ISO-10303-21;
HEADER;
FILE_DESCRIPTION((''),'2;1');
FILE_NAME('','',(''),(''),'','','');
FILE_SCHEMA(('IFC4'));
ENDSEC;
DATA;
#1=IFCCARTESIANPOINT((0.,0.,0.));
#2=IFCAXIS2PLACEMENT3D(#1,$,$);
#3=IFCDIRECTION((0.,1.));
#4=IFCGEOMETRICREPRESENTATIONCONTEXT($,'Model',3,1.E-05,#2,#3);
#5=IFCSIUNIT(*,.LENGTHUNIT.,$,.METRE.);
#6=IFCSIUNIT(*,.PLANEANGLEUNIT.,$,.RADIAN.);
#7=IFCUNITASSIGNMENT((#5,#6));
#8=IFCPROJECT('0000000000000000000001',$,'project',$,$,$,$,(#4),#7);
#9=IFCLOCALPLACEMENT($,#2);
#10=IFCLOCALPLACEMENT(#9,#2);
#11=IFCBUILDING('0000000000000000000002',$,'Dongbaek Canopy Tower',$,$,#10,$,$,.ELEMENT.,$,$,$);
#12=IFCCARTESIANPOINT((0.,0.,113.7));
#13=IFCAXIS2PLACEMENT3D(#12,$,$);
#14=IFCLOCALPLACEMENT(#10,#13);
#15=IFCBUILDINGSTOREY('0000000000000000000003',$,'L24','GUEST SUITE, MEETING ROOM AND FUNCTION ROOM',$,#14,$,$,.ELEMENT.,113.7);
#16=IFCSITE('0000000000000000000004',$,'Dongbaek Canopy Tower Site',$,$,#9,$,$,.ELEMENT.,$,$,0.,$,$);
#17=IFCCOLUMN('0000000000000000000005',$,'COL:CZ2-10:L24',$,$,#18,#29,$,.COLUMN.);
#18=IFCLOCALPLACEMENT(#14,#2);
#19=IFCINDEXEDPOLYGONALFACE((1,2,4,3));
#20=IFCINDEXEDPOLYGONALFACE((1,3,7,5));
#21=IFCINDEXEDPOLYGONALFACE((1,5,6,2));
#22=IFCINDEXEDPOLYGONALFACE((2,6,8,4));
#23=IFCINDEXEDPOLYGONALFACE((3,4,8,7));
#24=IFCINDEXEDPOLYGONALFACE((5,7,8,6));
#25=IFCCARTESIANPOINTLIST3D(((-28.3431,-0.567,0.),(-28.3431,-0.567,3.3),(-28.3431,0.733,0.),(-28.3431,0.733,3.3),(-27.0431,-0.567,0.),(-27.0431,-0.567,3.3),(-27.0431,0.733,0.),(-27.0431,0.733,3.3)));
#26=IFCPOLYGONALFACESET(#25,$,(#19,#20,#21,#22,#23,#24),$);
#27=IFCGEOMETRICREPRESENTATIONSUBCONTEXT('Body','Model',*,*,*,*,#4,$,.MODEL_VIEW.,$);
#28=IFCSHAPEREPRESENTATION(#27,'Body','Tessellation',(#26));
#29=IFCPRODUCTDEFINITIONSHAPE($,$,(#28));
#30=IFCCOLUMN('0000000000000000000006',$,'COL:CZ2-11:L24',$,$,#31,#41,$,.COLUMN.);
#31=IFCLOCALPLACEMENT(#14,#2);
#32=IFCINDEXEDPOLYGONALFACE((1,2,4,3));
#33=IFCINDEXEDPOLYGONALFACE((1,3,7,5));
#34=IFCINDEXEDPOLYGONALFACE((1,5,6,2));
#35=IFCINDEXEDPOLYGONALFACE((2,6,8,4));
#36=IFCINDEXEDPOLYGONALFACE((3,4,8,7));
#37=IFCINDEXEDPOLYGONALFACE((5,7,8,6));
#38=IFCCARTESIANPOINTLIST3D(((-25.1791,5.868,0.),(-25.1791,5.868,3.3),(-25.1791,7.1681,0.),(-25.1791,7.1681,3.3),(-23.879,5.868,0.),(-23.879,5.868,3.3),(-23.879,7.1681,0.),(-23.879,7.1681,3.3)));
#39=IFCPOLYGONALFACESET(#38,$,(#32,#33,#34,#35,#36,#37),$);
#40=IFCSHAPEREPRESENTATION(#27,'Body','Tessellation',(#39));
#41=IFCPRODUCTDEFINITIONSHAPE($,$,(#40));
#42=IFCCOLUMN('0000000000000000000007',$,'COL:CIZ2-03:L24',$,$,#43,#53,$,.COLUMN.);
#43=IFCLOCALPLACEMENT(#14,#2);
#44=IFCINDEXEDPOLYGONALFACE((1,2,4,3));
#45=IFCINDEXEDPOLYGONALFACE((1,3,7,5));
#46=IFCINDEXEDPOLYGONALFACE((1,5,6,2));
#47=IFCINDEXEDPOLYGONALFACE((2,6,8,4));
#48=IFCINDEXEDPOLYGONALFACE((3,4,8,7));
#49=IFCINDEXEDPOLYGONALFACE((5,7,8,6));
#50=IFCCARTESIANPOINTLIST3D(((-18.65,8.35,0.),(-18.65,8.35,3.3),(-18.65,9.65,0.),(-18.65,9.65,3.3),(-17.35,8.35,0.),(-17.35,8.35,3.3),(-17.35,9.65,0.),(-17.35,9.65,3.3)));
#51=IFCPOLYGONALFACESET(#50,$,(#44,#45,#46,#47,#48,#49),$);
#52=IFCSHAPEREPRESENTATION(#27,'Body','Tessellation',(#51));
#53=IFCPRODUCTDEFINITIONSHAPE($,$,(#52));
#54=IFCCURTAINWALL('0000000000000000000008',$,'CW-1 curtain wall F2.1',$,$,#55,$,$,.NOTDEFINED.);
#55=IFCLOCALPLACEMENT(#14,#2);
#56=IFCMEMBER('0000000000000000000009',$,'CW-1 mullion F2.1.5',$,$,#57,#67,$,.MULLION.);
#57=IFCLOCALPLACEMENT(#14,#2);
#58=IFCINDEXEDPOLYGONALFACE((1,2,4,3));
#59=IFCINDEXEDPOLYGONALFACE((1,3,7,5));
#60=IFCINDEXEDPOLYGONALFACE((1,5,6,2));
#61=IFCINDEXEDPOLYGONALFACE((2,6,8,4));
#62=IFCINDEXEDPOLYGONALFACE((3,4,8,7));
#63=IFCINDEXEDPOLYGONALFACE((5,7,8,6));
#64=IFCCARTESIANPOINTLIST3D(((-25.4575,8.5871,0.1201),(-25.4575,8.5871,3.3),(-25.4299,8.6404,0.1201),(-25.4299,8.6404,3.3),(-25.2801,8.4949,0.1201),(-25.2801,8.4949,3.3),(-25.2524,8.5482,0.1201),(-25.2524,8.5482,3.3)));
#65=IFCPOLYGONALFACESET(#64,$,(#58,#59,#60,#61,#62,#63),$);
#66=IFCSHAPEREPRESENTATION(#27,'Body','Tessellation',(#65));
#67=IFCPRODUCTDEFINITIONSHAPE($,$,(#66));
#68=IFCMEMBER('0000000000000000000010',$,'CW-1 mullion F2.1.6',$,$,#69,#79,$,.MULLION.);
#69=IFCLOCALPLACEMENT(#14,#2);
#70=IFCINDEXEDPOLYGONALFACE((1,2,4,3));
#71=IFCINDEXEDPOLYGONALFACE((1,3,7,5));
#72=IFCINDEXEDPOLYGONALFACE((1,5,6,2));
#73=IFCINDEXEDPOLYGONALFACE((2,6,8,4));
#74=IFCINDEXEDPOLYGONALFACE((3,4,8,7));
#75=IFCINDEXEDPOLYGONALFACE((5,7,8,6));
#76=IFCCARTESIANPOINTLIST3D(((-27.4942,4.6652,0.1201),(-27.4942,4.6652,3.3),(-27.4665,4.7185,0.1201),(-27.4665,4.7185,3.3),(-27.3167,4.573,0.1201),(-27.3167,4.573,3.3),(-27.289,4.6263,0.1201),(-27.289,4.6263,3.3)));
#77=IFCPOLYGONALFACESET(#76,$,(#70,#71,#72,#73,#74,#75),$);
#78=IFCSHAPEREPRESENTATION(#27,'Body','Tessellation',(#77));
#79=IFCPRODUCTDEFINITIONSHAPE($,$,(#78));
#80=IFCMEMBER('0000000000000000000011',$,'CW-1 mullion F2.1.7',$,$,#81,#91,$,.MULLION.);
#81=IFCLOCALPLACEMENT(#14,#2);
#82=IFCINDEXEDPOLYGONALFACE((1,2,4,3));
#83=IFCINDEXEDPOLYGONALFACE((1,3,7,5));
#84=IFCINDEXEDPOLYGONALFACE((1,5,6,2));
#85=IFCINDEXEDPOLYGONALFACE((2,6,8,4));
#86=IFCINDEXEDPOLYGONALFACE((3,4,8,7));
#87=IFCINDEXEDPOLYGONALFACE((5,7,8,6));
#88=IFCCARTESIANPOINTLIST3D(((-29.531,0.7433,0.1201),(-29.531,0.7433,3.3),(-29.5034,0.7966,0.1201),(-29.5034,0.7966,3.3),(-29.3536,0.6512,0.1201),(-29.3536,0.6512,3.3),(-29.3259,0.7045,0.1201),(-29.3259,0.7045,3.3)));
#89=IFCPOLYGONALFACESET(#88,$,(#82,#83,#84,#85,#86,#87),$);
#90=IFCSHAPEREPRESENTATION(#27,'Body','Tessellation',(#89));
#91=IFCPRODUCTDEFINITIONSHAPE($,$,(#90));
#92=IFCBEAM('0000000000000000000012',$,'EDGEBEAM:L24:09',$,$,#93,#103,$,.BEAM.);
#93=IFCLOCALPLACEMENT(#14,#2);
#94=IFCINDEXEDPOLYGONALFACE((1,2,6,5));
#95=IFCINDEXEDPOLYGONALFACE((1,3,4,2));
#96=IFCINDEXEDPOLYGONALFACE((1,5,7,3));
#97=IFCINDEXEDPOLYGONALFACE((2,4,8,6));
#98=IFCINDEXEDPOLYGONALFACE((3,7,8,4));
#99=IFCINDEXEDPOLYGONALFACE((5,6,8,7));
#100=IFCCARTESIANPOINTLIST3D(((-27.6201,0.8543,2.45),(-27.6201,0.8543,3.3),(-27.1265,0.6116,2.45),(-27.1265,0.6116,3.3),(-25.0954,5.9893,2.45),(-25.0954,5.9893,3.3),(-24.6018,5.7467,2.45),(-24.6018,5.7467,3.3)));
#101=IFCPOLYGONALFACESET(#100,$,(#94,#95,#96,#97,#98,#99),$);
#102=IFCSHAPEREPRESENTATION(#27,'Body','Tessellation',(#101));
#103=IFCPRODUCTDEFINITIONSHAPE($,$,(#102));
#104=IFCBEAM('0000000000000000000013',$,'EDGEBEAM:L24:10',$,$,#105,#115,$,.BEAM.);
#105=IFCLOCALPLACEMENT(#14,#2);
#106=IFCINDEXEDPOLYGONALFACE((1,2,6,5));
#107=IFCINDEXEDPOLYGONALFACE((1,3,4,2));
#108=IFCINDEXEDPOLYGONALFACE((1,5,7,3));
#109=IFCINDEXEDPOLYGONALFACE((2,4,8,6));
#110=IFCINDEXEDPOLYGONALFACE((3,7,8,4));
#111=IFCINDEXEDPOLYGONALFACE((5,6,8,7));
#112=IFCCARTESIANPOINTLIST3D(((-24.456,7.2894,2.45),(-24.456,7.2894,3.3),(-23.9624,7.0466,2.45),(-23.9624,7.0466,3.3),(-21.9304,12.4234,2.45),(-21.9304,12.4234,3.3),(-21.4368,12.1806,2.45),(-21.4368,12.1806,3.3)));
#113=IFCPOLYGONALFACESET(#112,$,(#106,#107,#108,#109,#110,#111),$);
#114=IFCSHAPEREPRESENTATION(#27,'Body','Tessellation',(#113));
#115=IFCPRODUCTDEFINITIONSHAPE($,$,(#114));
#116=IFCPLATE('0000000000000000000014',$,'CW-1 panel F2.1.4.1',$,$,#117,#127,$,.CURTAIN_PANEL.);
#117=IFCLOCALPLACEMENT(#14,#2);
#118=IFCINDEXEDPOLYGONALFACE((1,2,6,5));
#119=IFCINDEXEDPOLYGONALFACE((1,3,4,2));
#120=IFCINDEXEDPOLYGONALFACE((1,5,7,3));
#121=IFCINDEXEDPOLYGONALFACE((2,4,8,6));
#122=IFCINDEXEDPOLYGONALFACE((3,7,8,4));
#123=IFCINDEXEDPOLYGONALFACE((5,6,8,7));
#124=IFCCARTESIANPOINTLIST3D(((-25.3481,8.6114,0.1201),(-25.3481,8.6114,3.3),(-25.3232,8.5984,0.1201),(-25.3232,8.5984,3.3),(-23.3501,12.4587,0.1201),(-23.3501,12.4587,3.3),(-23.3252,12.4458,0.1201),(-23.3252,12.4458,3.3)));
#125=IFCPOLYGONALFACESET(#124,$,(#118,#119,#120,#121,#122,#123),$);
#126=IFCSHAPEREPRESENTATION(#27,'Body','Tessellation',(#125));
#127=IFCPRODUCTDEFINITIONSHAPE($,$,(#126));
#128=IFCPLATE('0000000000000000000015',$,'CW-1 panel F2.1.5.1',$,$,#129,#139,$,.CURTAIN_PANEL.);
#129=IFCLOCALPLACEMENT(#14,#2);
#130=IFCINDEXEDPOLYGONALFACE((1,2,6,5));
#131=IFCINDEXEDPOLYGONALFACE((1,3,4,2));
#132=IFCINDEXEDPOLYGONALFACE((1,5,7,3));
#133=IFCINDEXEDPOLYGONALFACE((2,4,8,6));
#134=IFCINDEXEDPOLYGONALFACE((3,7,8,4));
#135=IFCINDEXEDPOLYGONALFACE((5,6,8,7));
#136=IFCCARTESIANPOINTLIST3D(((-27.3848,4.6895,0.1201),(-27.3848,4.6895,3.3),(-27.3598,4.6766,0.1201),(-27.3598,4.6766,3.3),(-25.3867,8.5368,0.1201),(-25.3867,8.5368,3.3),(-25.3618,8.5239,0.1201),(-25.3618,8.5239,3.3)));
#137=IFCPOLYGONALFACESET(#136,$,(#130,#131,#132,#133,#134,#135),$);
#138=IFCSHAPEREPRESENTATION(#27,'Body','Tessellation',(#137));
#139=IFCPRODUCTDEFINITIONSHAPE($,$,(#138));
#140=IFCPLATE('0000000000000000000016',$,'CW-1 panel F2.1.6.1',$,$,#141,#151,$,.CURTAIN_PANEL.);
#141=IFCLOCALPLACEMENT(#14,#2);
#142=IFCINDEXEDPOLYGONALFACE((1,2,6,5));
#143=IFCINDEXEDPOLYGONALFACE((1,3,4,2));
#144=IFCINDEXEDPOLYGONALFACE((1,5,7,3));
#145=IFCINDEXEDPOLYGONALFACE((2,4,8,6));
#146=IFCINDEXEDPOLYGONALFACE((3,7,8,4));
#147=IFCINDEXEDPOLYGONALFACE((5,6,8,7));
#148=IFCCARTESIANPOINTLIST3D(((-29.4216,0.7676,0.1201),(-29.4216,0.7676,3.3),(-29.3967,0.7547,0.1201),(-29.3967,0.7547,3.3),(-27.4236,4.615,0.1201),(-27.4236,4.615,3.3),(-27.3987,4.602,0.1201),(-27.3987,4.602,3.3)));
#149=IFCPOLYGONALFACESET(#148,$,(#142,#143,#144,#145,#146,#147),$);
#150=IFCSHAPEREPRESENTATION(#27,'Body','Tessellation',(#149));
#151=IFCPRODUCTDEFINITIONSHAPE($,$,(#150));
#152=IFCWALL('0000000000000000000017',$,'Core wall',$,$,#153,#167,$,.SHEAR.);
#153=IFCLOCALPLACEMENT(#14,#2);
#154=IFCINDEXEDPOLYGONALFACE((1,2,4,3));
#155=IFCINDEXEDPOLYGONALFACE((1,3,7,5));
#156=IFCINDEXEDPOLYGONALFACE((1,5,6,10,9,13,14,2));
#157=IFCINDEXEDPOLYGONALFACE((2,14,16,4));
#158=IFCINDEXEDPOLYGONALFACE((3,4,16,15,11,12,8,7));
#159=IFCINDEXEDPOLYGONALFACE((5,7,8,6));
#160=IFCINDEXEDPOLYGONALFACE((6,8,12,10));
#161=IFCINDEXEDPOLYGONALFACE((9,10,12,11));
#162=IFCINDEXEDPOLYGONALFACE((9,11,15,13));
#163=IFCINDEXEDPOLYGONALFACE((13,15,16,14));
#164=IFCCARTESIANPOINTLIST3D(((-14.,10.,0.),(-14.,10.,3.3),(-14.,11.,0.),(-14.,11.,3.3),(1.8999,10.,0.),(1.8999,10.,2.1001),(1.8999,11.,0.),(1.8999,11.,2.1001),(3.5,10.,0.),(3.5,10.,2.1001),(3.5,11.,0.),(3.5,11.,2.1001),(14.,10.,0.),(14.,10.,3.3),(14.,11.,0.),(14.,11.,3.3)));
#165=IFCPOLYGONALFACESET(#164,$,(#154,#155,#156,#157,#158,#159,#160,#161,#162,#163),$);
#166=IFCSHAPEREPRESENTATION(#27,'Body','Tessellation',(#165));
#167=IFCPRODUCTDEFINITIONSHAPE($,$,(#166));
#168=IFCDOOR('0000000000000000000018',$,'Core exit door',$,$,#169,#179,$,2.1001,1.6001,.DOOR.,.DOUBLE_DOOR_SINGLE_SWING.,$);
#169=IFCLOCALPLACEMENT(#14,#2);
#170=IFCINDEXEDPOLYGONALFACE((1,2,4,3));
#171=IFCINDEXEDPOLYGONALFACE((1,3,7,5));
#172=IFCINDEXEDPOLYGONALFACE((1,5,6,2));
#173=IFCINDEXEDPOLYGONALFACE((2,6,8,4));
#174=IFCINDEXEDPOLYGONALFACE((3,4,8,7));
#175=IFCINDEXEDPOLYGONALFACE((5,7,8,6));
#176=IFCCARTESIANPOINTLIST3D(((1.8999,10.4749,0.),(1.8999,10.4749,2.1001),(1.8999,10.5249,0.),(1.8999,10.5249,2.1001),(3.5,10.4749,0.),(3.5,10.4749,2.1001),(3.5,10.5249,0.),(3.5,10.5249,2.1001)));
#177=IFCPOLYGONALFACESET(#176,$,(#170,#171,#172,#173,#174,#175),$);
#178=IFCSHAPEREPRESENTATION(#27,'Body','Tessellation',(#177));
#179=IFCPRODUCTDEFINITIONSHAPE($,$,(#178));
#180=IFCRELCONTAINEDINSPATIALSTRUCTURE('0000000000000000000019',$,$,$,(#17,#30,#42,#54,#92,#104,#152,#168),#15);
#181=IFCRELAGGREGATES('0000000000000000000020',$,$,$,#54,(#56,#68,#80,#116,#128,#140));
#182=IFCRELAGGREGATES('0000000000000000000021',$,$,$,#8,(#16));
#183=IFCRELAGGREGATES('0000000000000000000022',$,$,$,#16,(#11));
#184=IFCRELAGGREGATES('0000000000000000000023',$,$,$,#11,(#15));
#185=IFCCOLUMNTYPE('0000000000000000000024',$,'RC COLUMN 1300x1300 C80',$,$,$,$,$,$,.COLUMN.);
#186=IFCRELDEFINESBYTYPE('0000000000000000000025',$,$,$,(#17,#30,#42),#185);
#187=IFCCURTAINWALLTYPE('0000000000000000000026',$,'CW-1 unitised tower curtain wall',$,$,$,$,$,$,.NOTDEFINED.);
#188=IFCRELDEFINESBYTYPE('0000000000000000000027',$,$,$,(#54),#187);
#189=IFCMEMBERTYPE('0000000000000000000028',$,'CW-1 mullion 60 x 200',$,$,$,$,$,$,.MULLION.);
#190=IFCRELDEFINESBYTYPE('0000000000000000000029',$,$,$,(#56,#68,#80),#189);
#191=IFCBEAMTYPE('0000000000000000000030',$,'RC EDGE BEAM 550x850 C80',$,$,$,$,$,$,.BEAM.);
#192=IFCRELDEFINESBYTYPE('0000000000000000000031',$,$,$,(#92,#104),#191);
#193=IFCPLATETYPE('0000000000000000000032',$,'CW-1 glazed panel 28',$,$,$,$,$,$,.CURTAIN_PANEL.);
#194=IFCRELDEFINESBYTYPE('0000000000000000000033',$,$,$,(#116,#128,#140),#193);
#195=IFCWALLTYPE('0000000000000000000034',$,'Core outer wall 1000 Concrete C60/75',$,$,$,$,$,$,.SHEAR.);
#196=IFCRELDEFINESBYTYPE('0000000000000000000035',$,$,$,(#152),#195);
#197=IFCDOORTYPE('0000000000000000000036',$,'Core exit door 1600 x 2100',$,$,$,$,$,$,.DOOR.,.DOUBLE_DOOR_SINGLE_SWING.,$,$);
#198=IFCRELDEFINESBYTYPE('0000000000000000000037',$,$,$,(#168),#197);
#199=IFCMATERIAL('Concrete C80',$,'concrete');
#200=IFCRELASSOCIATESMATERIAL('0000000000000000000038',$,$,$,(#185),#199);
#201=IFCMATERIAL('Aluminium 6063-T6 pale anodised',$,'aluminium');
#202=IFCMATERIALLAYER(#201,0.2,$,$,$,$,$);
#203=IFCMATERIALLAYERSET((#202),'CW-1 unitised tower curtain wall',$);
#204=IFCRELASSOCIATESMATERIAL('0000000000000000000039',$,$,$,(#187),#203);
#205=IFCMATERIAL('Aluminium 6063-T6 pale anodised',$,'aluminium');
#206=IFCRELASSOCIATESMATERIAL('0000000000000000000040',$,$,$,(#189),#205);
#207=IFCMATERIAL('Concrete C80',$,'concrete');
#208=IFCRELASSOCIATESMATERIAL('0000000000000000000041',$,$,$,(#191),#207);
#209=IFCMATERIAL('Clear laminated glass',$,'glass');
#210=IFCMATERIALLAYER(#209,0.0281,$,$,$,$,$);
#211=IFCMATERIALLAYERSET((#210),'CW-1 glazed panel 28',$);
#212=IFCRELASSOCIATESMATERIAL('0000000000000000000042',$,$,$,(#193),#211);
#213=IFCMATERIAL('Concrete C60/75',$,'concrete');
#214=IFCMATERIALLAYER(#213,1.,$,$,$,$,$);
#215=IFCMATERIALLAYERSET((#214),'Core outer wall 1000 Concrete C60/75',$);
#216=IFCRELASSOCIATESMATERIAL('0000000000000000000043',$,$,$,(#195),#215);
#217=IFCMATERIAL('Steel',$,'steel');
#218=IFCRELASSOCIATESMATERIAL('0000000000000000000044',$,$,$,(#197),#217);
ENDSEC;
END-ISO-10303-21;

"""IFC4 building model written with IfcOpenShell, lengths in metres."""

from ifc_helpers import new_model, si_unit, direction, frame, frame_2d, origin, origin_2d, place, context, subcontext, project, spatial, rectangle, extrude, material, layer, layer_set, material_profile, profile_set, type_object, element, fill, aggregate, save


model = new_model("IFC4")

# Units and contexts
model_context = context("Model", 3, precision=1e-05, world=origin(), true_north=direction((0.0, 1.0)))
body_context = subcontext(model_context, "Body", "Model", "MODEL_VIEW")
ifc_project = project(units=[si_unit("LENGTHUNIT", "METRE"), si_unit("PLANEANGLEUNIT", "RADIAN")], contexts=[model_context])

# Site, building, storey
site_placement = place(None, origin())
site = spatial("IfcSite", under=ifc_project, at=site_placement, Name="Dongbaek Canopy Tower Site", CompositionType="ELEMENT", RefElevation=0.0)
building_placement = place(site_placement, origin())
building = spatial("IfcBuilding", under=site, at=building_placement, Name="Dongbaek Canopy Tower", CompositionType="ELEMENT")
storey_placement = place(building_placement, frame((0.0, 0.0, 113.7)))
storey = spatial("IfcBuildingStorey", under=building, at=storey_placement, Name="L24", Description="GUEST SUITE, MEETING ROOM AND FUNCTION ROOM", CompositionType="ELEMENT", Elevation=113.7)

# Columns
ifc_material_1 = material(Name="Concrete C80", Category="concrete")
ifc_material_profile_1 = material_profile(ifc_material_1, rectangle(XDim=1.3, YDim=1.3, at=origin_2d()), Name="RC COLUMN 1300x1300 C80")
ifc_profile_set_1 = profile_set([ifc_material_profile_1], Name="Concrete C80")
column_type = type_object("IfcColumnType", Name="RC COLUMN 1300x1300 C80", PredefinedType="COLUMN", material=ifc_profile_set_1)
for number, where, z_axis, x_axis, name in (
    (1, (-27.6931, 0.083, 0.0), (0.0, 0.0, 1.0), (1.0, 0.0, 0.0), "COL:CZ2-10:L24"),
    (2, (-24.5291, 6.5181, 0.0), (0.0, 0.0, 1.0), (1.0, 0.0, 0.0), "COL:CZ2-11:L24"),
    (3, (-18.0, 9.0, 0.0), (0.0, 0.0, 1.0), (1.0, 0.0, 0.0), "COL:CIZ2-03:L24"),
):
    element("IfcColumn", number, at=place(storey_placement, frame(where, z_axis=z_axis, x_axis=x_axis)), inside=storey, type_object=column_type, Name=name, PredefinedType="COLUMN", context=body_context, shape_type="SweptSolid", body=[
        extrude(rectangle(XDim=1.3, YDim=1.3, at=origin_2d()), origin(), (0.0, 0.0, 1.0), 3.3),
    ])

# Curtain wall, members
ifc_material_2 = material(Name="Aluminium 6063-T6 pale anodised", Category="aluminium")
ifc_layer_1 = layer(ifc_material_2, 0.2)
ifc_layer_set_1 = layer_set([ifc_layer_1], Name="CW-1 unitised tower curtain wall")
curtain_wall_type = type_object("IfcCurtainWallType", Name="CW-1 unitised tower curtain wall", PredefinedType="NOTDEFINED", material=ifc_layer_set_1)
curtain_wall_placement = place(storey_placement, origin())
curtain_wall = element("IfcCurtainWall", 4, at=curtain_wall_placement, inside=storey, type_object=curtain_wall_type, Name="CW-1 curtain wall F2.1", PredefinedType="NOTDEFINED")
ifc_material_3 = material(Name="Aluminium 6063-T6 pale anodised", Category="aluminium")
ifc_material_profile_2 = material_profile(ifc_material_3, rectangle(XDim=0.2, YDim=0.0601, at=origin_2d()), Name="CW-1 mullion 60 x 200")
ifc_profile_set_2 = profile_set([ifc_material_profile_2], Name="Aluminium 6063-T6 pale anodised")
member_type = type_object("IfcMemberType", Name="CW-1 mullion 60 x 200", PredefinedType="MULLION", material=ifc_profile_set_2)
member_1_placement = place(storey_placement, frame((-25.355, 8.5676, 0.1201), z_axis=(0.0, 0.0, 1.0), x_axis=(-0.887463, 0.46088, 0.0)))
member_1 = element("IfcMember", 5, at=member_1_placement, type_object=member_type, Name="CW-1 mullion F2.1.5", PredefinedType="MULLION", context=body_context, shape_type="SweptSolid", body=[
    extrude(rectangle(XDim=0.2, YDim=0.0601, at=origin_2d()), origin(), (0.0, 0.0, 1.0), 3.1799),
])
member_2_placement = place(storey_placement, frame((-27.3916, 4.6458, 0.1201), z_axis=(0.0, 0.0, 1.0), x_axis=(-0.887463, 0.46088, 0.0)))
member_2 = element("IfcMember", 6, at=member_2_placement, type_object=member_type, Name="CW-1 mullion F2.1.6", PredefinedType="MULLION", context=body_context, shape_type="SweptSolid", body=[
    extrude(rectangle(XDim=0.2, YDim=0.0601, at=origin_2d()), origin(), (0.0, 0.0, 1.0), 3.1799),
])
member_3_placement = place(storey_placement, frame((-29.4285, 0.7239, 0.1201), z_axis=(0.0, 0.0, 1.0), x_axis=(-0.887463, 0.46088, 0.0)))
member_3 = element("IfcMember", 7, at=member_3_placement, type_object=member_type, Name="CW-1 mullion F2.1.7", PredefinedType="MULLION", context=body_context, shape_type="SweptSolid", body=[
    extrude(rectangle(XDim=0.2, YDim=0.0601, at=origin_2d()), origin(), (0.0, 0.0, 1.0), 3.1799),
])

# Beams
ifc_material_4 = material(Name="Concrete C80", Category="concrete")
ifc_material_profile_3 = material_profile(ifc_material_4, rectangle(XDim=0.55, YDim=0.8501, at=origin_2d()), Name="RC EDGE BEAM 550x850 C80")
ifc_profile_set_3 = profile_set([ifc_material_profile_3], Name="Concrete C80")
beam_type = type_object("IfcBeamType", Name="RC EDGE BEAM 550x850 C80", PredefinedType="BEAM", material=ifc_profile_set_3)
beam_1_placement = place(storey_placement, frame((-27.3733, 0.7329, 2.875), z_axis=(0.441213, 0.897402, 0.0), x_axis=(-0.897402, 0.441213, 0.0)))
element("IfcBeam", 8, at=beam_1_placement, inside=storey, type_object=beam_type, Name="EDGEBEAM:L24:09", PredefinedType="BEAM", context=body_context, shape_type="SweptSolid", body=[
    extrude(rectangle(XDim=0.55, YDim=0.8501, at=origin_2d()), origin(), (0.0, 0.0, 1.0), 5.7222),
])
beam_2_placement = place(storey_placement, frame((-24.2092, 7.168, 2.875), z_axis=(0.441418, 0.897301, 0.0), x_axis=(-0.897301, 0.441418, 0.0)))
element("IfcBeam", 9, at=beam_2_placement, inside=storey, type_object=beam_type, Name="EDGEBEAM:L24:10", PredefinedType="BEAM", context=body_context, shape_type="SweptSolid", body=[
    extrude(rectangle(XDim=0.55, YDim=0.8501, at=origin_2d()), origin(), (0.0, 0.0, 1.0), 5.7217),
])

# Plates
ifc_material_5 = material(Name="Clear laminated glass", Category="glass")
ifc_layer_2 = layer(ifc_material_5, 0.0281)
ifc_layer_set_2 = layer_set([ifc_layer_2], Name="CW-1 glazed panel 28")
plate_type = type_object("IfcPlateType", Name="CW-1 glazed panel 28", PredefinedType="CURTAIN_PANEL", material=ifc_layer_set_2)
plate_1_placement = place(storey_placement, frame((-24.3367, 10.5286, 0.1201), z_axis=(0.0, 0.0, 1.0), x_axis=(-0.46088, -0.887463, 0.0)))
plate_1 = element("IfcPlate", 10, at=plate_1_placement, type_object=plate_type, Name="CW-1 panel F2.1.4.1", PredefinedType="CURTAIN_PANEL", context=body_context, shape_type="SweptSolid", body=[
    extrude(rectangle(XDim=4.3352, YDim=0.0281, at=origin_2d()), origin(), (0.0, 0.0, 1.0), 3.1799),
])
plate_2_placement = place(storey_placement, frame((-26.3733, 6.6067, 0.1201), z_axis=(0.0, 0.0, 1.0), x_axis=(-0.46088, -0.887463, 0.0)))
plate_2 = element("IfcPlate", 11, at=plate_2_placement, type_object=plate_type, Name="CW-1 panel F2.1.5.1", PredefinedType="CURTAIN_PANEL", context=body_context, shape_type="SweptSolid", body=[
    extrude(rectangle(XDim=4.3352, YDim=0.0281, at=origin_2d()), origin(), (0.0, 0.0, 1.0), 3.1799),
])
plate_3_placement = place(storey_placement, frame((-28.4102, 2.6848, 0.1201), z_axis=(0.0, 0.0, 1.0), x_axis=(-0.46088, -0.887463, 0.0)))
plate_3 = element("IfcPlate", 12, at=plate_3_placement, type_object=plate_type, Name="CW-1 panel F2.1.6.1", PredefinedType="CURTAIN_PANEL", context=body_context, shape_type="SweptSolid", body=[
    extrude(rectangle(XDim=4.3352, YDim=0.0281, at=origin_2d()), origin(), (0.0, 0.0, 1.0), 3.1799),
])

# Wall, opening, door
ifc_material_6 = material(Name="Concrete C60/75", Category="concrete")
ifc_layer_3 = layer(ifc_material_6, 1.0)
ifc_layer_set_3 = layer_set([ifc_layer_3], Name="Core outer wall 1000 Concrete C60/75")
wall_type_1 = type_object("IfcWallType", Name="Core outer wall 1000 Concrete C60/75", PredefinedType="SHEAR", material=ifc_layer_set_3)
wall_1_placement = place(storey_placement, frame((-14.0, 10.5, 0.0), z_axis=(0.0, 0.0, 1.0), x_axis=(1.0, 0.0, 0.0)))
wall_1 = element("IfcWall", 13, at=wall_1_placement, inside=storey, type_object=wall_type_1, Name="Core wall", PredefinedType="SHEAR", context=body_context, shape_type="SweptSolid", body=[
    extrude(rectangle(XDim=28.0, YDim=1.0, at=frame_2d((14.0, 0.0))), origin(), (0.0, 0.0, 1.0), 3.3),
])
opening_1_placement = place(wall_1_placement, frame((15.8999, 0.0, 0.0)))
opening_1 = element("IfcOpeningElement", 14, at=opening_1_placement, cuts=wall_1, PredefinedType="OPENING", context=body_context, shape_type="SweptSolid", body=[
    extrude(rectangle(XDim=1.6001, YDim=2.1001, at=frame_2d((0.8, 1.05))), frame((0.0, 0.51, 0.0), z_axis=(0.0, -1.0, 0.0), x_axis=(1.0, 0.0, 0.0)), (0.0, 0.0, 1.0), 1.02),
])
ifc_material_7 = material(Name="Steel", Category="steel")
door_type_1 = type_object("IfcDoorType", Name="Core exit door 1600 x 2100", OperationType="DOUBLE_DOOR_SINGLE_SWING", PredefinedType="DOOR", material=ifc_material_7)
door_1_placement = place(opening_1_placement, origin())
door_1 = element("IfcDoor", 15, at=door_1_placement, inside=storey, type_object=door_type_1, Name="Core exit door", OperationType="DOUBLE_DOOR_SINGLE_SWING", OverallHeight=2.1001, OverallWidth=1.6001, PredefinedType="DOOR", context=body_context, shape_type="SweptSolid", body=[
    extrude(rectangle(XDim=1.6001, YDim=2.1001, at=frame_2d((0.8, 1.05))), frame((0.0, 0.0249, 0.0), z_axis=(0.0, -1.0, 0.0), x_axis=(1.0, 0.0, 0.0)), (0.0, 0.0, 1.0), 0.05),
])
fill(opening_1, door_1)

aggregate(curtain_wall, [member_1, member_2, member_3, plate_1, plate_2, plate_3])

save(model, "model.ifc")
